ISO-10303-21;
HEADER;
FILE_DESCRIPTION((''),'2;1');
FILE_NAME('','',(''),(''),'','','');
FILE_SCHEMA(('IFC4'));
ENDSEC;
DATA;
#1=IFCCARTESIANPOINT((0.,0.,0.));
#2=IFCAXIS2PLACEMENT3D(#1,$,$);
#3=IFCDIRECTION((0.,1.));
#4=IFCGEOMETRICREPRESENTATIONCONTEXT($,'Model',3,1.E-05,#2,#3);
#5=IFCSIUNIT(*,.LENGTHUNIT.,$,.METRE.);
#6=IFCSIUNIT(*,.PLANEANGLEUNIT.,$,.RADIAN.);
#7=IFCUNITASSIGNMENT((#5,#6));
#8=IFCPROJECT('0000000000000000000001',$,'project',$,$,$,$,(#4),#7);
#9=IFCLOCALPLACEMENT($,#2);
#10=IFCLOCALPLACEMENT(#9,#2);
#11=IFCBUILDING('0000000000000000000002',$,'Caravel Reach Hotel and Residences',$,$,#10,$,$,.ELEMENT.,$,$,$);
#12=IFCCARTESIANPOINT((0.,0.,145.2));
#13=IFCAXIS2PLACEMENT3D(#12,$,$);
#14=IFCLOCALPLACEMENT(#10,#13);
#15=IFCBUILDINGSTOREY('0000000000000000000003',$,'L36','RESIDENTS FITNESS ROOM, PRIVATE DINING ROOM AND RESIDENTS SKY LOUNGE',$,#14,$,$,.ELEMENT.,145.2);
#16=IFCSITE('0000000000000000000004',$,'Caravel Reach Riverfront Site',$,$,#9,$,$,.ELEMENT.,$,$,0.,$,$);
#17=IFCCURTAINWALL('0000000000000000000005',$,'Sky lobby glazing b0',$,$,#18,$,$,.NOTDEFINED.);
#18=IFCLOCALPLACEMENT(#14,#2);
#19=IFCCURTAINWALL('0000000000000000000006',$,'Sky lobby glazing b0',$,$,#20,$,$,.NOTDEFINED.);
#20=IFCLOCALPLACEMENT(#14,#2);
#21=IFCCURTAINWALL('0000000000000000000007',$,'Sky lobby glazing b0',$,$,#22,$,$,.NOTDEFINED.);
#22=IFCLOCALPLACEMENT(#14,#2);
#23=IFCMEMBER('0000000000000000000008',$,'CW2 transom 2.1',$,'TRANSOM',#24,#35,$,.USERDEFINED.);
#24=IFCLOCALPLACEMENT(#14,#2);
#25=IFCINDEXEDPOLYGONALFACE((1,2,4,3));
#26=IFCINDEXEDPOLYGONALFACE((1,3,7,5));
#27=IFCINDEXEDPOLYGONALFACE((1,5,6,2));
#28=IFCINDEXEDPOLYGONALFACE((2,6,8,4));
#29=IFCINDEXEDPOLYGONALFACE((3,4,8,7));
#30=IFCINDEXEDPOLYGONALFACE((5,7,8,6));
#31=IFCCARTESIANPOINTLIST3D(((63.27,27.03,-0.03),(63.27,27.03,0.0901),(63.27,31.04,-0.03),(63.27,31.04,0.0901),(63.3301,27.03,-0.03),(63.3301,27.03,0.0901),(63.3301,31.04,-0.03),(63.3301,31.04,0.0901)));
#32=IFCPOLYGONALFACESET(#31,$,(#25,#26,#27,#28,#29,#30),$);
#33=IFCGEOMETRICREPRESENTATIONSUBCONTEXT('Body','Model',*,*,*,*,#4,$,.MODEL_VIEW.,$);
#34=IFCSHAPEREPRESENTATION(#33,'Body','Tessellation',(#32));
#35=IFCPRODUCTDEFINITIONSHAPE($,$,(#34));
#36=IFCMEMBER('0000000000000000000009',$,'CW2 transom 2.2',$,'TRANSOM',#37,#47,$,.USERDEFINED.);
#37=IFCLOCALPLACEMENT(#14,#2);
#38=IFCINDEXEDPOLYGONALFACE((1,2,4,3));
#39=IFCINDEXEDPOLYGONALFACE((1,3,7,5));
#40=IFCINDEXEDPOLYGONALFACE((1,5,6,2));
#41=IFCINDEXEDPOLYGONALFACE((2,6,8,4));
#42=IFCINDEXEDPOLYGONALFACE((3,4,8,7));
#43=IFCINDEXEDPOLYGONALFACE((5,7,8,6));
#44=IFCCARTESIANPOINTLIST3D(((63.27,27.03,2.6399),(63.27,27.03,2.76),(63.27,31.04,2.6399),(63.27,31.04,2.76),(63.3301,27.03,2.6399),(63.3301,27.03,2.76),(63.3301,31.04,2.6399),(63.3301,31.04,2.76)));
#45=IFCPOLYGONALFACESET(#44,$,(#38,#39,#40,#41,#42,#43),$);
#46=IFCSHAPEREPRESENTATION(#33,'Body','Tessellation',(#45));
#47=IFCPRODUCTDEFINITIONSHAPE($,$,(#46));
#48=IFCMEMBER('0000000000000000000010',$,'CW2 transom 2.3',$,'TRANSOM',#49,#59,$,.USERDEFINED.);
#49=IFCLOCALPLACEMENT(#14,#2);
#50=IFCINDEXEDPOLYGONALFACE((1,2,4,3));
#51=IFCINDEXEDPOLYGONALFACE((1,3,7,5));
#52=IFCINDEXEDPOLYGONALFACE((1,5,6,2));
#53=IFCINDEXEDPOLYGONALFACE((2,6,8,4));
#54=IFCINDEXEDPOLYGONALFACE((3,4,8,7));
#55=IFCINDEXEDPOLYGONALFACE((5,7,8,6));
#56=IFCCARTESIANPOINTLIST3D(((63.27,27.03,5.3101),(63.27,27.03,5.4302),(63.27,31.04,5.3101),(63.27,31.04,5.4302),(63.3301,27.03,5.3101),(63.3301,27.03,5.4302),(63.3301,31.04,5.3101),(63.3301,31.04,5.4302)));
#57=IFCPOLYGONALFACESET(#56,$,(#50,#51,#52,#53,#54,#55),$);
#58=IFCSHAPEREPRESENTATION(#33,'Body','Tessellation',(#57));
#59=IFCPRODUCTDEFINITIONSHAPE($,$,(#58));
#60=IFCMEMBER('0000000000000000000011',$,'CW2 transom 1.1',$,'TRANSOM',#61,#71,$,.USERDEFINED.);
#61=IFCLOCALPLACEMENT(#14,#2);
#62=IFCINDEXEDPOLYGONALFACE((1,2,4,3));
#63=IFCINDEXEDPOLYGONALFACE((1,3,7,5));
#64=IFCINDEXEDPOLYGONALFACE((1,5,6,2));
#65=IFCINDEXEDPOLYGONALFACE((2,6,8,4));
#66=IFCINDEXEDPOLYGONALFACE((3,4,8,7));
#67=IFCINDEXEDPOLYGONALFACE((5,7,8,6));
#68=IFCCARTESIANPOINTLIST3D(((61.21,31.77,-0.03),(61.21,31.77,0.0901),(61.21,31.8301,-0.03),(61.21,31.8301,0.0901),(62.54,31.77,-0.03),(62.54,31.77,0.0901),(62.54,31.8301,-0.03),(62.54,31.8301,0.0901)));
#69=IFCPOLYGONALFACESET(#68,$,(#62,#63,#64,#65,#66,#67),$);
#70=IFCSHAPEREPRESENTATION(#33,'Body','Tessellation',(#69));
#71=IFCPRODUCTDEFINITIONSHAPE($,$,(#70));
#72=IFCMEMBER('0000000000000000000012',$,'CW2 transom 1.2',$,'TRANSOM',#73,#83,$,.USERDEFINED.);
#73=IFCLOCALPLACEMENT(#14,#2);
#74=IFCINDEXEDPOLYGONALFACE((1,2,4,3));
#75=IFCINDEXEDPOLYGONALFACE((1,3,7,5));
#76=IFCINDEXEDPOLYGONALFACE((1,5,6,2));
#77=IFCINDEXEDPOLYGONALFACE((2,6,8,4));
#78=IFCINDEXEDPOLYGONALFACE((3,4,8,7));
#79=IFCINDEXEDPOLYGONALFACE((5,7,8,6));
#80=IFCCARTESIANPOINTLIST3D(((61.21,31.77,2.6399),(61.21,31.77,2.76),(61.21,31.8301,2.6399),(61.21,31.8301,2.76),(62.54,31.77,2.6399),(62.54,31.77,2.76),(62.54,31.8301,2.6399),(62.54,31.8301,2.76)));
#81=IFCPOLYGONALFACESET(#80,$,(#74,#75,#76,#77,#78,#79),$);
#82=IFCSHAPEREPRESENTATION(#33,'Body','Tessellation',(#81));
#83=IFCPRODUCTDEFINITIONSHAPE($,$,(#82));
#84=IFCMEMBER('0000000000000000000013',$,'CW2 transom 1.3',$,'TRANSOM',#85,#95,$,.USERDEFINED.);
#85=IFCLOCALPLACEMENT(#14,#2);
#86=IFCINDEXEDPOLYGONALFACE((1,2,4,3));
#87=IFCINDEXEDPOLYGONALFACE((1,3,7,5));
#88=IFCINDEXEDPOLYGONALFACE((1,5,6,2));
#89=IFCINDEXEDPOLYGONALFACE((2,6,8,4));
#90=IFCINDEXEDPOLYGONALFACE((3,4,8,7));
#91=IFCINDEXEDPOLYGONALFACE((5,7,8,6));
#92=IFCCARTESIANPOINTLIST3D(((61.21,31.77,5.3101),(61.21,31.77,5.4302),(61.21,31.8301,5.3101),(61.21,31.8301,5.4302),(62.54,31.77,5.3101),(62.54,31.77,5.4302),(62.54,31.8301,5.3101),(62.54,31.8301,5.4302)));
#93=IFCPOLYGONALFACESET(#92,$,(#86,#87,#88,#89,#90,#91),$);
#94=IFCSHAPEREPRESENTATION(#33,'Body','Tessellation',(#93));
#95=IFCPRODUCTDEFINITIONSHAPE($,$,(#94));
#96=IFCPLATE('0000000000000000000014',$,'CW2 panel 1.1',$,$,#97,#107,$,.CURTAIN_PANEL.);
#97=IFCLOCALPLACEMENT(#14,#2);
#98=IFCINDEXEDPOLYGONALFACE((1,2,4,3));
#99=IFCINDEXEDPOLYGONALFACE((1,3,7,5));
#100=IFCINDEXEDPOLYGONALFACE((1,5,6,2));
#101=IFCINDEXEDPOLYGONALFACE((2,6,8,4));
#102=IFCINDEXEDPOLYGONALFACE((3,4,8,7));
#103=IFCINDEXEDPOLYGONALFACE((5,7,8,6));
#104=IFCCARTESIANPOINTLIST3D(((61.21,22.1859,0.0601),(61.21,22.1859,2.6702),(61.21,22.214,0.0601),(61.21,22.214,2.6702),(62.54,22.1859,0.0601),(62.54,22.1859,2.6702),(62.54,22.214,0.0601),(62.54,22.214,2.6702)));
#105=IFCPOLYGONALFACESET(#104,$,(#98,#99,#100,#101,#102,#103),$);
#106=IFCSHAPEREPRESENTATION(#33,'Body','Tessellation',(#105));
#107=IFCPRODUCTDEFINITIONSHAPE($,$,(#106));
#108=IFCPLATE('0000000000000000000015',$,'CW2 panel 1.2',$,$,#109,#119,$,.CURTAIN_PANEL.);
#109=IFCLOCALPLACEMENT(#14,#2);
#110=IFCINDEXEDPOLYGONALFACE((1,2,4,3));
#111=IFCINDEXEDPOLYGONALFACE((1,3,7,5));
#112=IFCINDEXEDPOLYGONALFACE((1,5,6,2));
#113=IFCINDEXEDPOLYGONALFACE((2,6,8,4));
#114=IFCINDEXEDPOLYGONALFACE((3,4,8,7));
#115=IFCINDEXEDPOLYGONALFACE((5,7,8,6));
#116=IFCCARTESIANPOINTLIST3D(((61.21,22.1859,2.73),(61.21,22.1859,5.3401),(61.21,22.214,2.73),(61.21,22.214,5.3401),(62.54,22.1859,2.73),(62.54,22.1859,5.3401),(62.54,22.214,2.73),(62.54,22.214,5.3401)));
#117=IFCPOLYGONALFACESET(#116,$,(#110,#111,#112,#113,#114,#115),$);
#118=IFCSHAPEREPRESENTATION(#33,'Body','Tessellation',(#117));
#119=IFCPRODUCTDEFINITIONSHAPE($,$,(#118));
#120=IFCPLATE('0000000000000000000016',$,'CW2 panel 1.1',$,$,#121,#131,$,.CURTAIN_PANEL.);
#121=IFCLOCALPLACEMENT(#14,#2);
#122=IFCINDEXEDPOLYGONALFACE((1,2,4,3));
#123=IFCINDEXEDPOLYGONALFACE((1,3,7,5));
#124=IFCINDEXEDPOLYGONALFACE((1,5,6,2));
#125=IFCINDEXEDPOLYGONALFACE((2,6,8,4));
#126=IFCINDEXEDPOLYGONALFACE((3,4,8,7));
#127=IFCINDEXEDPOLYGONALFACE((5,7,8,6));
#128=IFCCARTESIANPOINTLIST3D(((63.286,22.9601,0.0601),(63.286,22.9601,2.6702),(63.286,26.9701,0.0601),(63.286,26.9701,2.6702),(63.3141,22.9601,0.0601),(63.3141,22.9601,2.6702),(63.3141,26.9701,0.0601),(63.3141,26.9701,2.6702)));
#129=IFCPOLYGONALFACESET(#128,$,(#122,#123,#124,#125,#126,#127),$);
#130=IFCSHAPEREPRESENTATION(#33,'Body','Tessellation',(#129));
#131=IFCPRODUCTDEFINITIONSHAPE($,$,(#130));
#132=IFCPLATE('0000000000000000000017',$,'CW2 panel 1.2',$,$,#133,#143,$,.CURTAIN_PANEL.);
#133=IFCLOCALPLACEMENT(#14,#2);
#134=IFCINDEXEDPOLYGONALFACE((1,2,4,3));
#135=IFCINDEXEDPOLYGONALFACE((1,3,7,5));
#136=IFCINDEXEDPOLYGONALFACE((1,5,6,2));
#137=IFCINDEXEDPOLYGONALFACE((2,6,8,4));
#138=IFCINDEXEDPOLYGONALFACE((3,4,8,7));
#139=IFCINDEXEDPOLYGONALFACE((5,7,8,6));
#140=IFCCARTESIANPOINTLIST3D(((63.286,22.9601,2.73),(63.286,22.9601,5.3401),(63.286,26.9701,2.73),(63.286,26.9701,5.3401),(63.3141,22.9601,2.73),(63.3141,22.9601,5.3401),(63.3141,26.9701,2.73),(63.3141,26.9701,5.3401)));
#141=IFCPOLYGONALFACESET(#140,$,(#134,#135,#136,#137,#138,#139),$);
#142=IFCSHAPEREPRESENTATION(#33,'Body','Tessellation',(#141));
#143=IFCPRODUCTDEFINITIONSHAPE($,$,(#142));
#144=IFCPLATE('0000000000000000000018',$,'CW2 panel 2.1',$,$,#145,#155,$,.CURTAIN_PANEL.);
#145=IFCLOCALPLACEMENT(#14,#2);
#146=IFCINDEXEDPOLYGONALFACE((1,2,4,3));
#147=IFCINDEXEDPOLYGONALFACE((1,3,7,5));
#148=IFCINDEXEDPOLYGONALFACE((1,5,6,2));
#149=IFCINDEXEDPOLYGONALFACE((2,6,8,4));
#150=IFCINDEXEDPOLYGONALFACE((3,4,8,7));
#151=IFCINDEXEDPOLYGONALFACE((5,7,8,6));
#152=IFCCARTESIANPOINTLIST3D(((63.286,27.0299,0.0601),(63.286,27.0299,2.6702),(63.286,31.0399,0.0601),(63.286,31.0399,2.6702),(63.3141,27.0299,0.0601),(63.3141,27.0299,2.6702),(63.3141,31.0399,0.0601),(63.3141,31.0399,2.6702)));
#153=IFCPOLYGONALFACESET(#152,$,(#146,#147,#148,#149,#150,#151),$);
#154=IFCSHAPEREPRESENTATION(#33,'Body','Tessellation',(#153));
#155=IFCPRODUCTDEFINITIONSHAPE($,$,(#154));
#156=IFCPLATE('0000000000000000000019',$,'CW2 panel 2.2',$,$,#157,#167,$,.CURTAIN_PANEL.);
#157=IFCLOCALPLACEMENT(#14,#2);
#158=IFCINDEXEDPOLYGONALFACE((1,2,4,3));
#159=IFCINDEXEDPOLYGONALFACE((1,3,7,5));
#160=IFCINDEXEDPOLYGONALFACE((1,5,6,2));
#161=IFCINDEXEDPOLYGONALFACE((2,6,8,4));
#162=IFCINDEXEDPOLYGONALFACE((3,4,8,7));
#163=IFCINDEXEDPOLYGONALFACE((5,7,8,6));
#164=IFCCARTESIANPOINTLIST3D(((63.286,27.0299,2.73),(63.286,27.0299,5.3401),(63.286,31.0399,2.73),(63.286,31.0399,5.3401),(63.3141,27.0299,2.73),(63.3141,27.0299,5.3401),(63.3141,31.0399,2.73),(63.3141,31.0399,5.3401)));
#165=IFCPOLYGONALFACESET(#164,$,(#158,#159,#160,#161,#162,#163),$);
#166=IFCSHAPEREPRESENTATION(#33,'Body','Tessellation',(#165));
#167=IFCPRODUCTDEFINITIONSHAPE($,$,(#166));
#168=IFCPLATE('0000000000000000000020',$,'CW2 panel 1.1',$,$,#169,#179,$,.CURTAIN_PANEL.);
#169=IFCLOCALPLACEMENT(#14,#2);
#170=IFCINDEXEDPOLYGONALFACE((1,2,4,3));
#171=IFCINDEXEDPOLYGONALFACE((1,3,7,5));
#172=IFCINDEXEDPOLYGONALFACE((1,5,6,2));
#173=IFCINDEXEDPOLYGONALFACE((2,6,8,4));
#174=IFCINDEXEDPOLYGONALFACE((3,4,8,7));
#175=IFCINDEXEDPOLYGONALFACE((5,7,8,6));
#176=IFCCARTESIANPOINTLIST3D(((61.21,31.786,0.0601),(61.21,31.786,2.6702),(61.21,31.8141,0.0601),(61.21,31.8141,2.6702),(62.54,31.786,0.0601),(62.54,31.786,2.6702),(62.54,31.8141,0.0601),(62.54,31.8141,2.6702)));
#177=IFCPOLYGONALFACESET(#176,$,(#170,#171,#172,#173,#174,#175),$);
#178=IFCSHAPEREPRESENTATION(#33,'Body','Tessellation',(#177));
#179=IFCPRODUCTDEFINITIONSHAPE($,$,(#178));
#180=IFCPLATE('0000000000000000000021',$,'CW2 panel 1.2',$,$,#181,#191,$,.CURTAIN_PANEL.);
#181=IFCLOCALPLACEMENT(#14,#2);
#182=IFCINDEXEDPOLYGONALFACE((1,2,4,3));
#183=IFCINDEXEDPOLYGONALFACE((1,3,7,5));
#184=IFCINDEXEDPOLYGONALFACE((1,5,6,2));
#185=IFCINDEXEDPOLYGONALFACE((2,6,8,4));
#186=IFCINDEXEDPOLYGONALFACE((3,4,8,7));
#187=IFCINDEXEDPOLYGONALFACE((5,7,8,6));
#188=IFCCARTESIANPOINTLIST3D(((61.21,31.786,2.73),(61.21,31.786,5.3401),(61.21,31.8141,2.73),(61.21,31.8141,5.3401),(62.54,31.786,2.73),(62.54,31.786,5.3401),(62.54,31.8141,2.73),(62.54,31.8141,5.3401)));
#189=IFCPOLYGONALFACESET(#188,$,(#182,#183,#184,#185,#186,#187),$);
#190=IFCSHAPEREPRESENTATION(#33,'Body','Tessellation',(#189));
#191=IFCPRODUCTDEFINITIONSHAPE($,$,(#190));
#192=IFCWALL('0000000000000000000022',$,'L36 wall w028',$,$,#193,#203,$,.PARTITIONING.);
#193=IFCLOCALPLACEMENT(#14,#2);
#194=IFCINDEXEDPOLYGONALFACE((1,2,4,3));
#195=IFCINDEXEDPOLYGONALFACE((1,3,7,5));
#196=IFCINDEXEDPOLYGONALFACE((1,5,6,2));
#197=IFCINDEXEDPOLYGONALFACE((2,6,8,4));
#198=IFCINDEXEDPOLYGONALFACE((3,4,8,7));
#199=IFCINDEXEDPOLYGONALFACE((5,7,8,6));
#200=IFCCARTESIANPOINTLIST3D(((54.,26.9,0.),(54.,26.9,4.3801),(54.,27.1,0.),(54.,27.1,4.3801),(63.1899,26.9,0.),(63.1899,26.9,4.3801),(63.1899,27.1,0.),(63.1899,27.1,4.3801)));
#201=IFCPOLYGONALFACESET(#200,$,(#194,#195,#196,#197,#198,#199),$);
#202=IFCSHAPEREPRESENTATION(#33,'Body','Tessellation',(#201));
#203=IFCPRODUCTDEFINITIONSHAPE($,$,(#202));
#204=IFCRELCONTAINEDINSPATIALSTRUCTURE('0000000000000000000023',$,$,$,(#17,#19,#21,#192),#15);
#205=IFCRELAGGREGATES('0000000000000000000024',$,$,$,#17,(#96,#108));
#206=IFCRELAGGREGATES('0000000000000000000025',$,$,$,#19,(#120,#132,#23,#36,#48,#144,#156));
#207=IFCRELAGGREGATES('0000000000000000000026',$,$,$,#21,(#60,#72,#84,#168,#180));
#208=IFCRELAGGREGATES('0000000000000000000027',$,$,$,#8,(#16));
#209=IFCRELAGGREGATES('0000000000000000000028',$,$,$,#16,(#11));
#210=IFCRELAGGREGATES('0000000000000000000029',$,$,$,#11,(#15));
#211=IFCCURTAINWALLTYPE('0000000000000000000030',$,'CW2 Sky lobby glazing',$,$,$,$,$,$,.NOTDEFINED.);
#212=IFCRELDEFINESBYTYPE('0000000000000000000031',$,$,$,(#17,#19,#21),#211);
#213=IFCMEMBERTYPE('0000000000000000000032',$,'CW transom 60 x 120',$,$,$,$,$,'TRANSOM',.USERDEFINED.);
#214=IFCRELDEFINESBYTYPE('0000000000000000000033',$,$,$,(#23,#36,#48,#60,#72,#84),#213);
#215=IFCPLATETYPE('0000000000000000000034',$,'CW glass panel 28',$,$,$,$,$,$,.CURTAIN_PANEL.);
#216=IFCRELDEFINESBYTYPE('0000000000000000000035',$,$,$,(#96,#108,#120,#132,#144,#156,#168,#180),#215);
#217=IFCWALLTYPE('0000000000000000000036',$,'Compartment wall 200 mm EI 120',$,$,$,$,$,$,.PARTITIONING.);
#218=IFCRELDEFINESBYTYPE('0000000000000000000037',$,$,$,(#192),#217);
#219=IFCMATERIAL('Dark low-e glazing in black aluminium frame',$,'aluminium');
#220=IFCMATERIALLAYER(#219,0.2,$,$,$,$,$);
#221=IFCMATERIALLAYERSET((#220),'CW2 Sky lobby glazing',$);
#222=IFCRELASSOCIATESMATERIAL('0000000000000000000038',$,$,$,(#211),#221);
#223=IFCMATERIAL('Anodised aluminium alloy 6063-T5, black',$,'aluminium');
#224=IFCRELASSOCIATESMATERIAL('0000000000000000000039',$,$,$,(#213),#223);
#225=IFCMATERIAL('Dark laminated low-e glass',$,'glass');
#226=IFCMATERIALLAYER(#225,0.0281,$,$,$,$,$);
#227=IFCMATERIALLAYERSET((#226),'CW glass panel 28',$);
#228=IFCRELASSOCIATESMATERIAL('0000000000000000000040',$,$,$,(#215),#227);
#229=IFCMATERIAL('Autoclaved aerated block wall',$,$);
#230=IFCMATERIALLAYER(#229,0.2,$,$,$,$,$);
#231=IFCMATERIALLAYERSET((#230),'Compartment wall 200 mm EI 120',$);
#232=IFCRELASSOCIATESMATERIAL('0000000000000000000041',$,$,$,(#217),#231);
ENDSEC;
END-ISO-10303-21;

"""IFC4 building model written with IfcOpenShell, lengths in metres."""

from ifc_helpers import new_model, si_unit, direction, frame, frame_2d, origin, origin_2d, place, context, subcontext, project, spatial, rectangle, extrude, material, layer, layer_set, material_profile, profile_set, type_object, element, aggregate, save


model = new_model("IFC4")

# Units and contexts
model_context = context("Model", 3, precision=1e-05, world=origin(), true_north=direction((0.0, 1.0)))
body_context = subcontext(model_context, "Body", "Model", "MODEL_VIEW")
ifc_project = project(units=[si_unit("LENGTHUNIT", "METRE"), si_unit("PLANEANGLEUNIT", "RADIAN")], contexts=[model_context])

# Site, building, storey
site_placement = place(None, origin())
site = spatial("IfcSite", under=ifc_project, at=site_placement, Name="Caravel Reach Riverfront Site", CompositionType="ELEMENT", RefElevation=0.0)
building_placement = place(site_placement, origin())
building = spatial("IfcBuilding", under=site, at=building_placement, Name="Caravel Reach Hotel and Residences", CompositionType="ELEMENT")
storey_placement = place(building_placement, frame((0.0, 0.0, 145.2)))
storey = spatial("IfcBuildingStorey", under=building, at=storey_placement, Name="L36", Description="RESIDENTS FITNESS ROOM, PRIVATE DINING ROOM AND RESIDENTS SKY LOUNGE", CompositionType="ELEMENT", Elevation=145.2)

# Curtain wall
ifc_material_1 = material(Name="Dark low-e glazing in black aluminium frame", Category="aluminium")
ifc_layer_1 = layer(ifc_material_1, 0.2)
ifc_layer_set_1 = layer_set([ifc_layer_1], Name="CW2 Sky lobby glazing")
curtain_wall_type = type_object("IfcCurtainWallType", Name="CW2 Sky lobby glazing", PredefinedType="NOTDEFINED", material=ifc_layer_set_1)
curtain_wall_1_placement = place(storey_placement, origin())
curtain_wall_1 = element("IfcCurtainWall", 1, at=curtain_wall_1_placement, inside=storey, type_object=curtain_wall_type, Name="Sky lobby glazing b0", PredefinedType="NOTDEFINED")

# Curtain wall
curtain_wall_2_placement = place(storey_placement, origin())
curtain_wall_2 = element("IfcCurtainWall", 2, at=curtain_wall_2_placement, inside=storey, type_object=curtain_wall_type, Name="Sky lobby glazing b0", PredefinedType="NOTDEFINED")

# Curtain wall
curtain_wall_3_placement = place(storey_placement, origin())
curtain_wall_3 = element("IfcCurtainWall", 3, at=curtain_wall_3_placement, inside=storey, type_object=curtain_wall_type, Name="Sky lobby glazing b0", PredefinedType="NOTDEFINED")

# Members
ifc_material_2 = material(Name="Anodised aluminium alloy 6063-T5, black", Category="aluminium")
ifc_material_profile_1 = material_profile(ifc_material_2, rectangle(XDim=0.0601, YDim=0.1201, at=origin_2d()), Name="CW transom 60 x 120")
ifc_profile_set_1 = profile_set([ifc_material_profile_1], Name="Anodised aluminium alloy 6063-T5, black")
member_type_1 = type_object("IfcMemberType", Name="CW transom 60 x 120", ElementType="TRANSOM", PredefinedType="USERDEFINED", material=ifc_profile_set_1)
member_1_placement = place(storey_placement, frame((63.3, 27.03, 0.03), z_axis=(0.0, 1.0, 0.0), x_axis=(-1.0, 0.0, 0.0)))
member_1 = element("IfcMember", 4, at=member_1_placement, type_object=member_type_1, Name="CW2 transom 2.1", ObjectType="TRANSOM", PredefinedType="USERDEFINED", context=body_context, shape_type="SweptSolid", body=[
    extrude(rectangle(XDim=0.0601, YDim=0.1201, at=origin_2d()), origin(), (0.0, 0.0, 1.0), 4.01),
])
member_2_placement = place(storey_placement, frame((63.3, 27.03, 2.7), z_axis=(0.0, 1.0, 0.0), x_axis=(-1.0, 0.0, 0.0)))
member_2 = element("IfcMember", 5, at=member_2_placement, type_object=member_type_1, Name="CW2 transom 2.2", ObjectType="TRANSOM", PredefinedType="USERDEFINED", context=body_context, shape_type="SweptSolid", body=[
    extrude(rectangle(XDim=0.0601, YDim=0.1201, at=origin_2d()), origin(), (0.0, 0.0, 1.0), 4.01),
])
member_3_placement = place(storey_placement, frame((63.3, 27.03, 5.3701), z_axis=(0.0, 1.0, 0.0), x_axis=(-1.0, 0.0, 0.0)))
member_3 = element("IfcMember", 6, at=member_3_placement, type_object=member_type_1, Name="CW2 transom 2.3", ObjectType="TRANSOM", PredefinedType="USERDEFINED", context=body_context, shape_type="SweptSolid", body=[
    extrude(rectangle(XDim=0.0601, YDim=0.1201, at=origin_2d()), origin(), (0.0, 0.0, 1.0), 4.01),
])
member_4_placement = place(storey_placement, frame((62.54, 31.8, 0.03), z_axis=(-1.0, 0.0, 0.0), x_axis=(0.0, -1.0, 0.0)))
member_4 = element("IfcMember", 7, at=member_4_placement, type_object=member_type_1, Name="CW2 transom 1.1", ObjectType="TRANSOM", PredefinedType="USERDEFINED", context=body_context, shape_type="SweptSolid", body=[
    extrude(rectangle(XDim=0.0601, YDim=0.1201, at=origin_2d()), origin(), (0.0, 0.0, 1.0), 1.3301),
])
member_5_placement = place(storey_placement, frame((62.54, 31.8, 2.7), z_axis=(-1.0, 0.0, 0.0), x_axis=(0.0, -1.0, 0.0)))
member_5 = element("IfcMember", 8, at=member_5_placement, type_object=member_type_1, Name="CW2 transom 1.2", ObjectType="TRANSOM", PredefinedType="USERDEFINED", context=body_context, shape_type="SweptSolid", body=[
    extrude(rectangle(XDim=0.0601, YDim=0.1201, at=origin_2d()), origin(), (0.0, 0.0, 1.0), 1.3301),
])
member_6_placement = place(storey_placement, frame((62.54, 31.8, 5.3701), z_axis=(-1.0, 0.0, 0.0), x_axis=(0.0, -1.0, 0.0)))
member_6 = element("IfcMember", 9, at=member_6_placement, type_object=member_type_1, Name="CW2 transom 1.3", ObjectType="TRANSOM", PredefinedType="USERDEFINED", context=body_context, shape_type="SweptSolid", body=[
    extrude(rectangle(XDim=0.0601, YDim=0.1201, at=origin_2d()), origin(), (0.0, 0.0, 1.0), 1.3301),
])

# Plates
ifc_material_3 = material(Name="Dark laminated low-e glass", Category="glass")
ifc_layer_2 = layer(ifc_material_3, 0.0281)
ifc_layer_set_2 = layer_set([ifc_layer_2], Name="CW glass panel 28")
plate_type = type_object("IfcPlateType", Name="CW glass panel 28", PredefinedType="CURTAIN_PANEL", material=ifc_layer_set_2)
plate_1_placement = place(storey_placement, frame((61.875, 22.2, 0.0601), z_axis=(0.0, 0.0, 1.0), x_axis=(1.0, 0.0, 0.0)))
plate_1 = element("IfcPlate", 10, at=plate_1_placement, type_object=plate_type, Name="CW2 panel 1.1", PredefinedType="CURTAIN_PANEL", context=body_context, shape_type="SweptSolid", body=[
    extrude(rectangle(XDim=1.3301, YDim=0.0281, at=origin_2d()), origin(), (0.0, 0.0, 1.0), 2.6101),
])
plate_2_placement = place(storey_placement, frame((61.875, 22.2, 2.73), z_axis=(0.0, 0.0, 1.0), x_axis=(1.0, 0.0, 0.0)))
plate_2 = element("IfcPlate", 11, at=plate_2_placement, type_object=plate_type, Name="CW2 panel 1.2", PredefinedType="CURTAIN_PANEL", context=body_context, shape_type="SweptSolid", body=[
    extrude(rectangle(XDim=1.3301, YDim=0.0281, at=origin_2d()), origin(), (0.0, 0.0, 1.0), 2.6101),
])
aggregate(curtain_wall_1, [plate_1, plate_2])
plate_3_placement = place(storey_placement, frame((63.3, 24.9651, 0.0601), z_axis=(0.0, 0.0, 1.0), x_axis=(0.0, 1.0, 0.0)))
plate_3 = element("IfcPlate", 12, at=plate_3_placement, type_object=plate_type, Name="CW2 panel 1.1", PredefinedType="CURTAIN_PANEL", context=body_context, shape_type="SweptSolid", body=[
    extrude(rectangle(XDim=4.01, YDim=0.0281, at=origin_2d()), origin(), (0.0, 0.0, 1.0), 2.6101),
])
plate_4_placement = place(storey_placement, frame((63.3, 24.9651, 2.73), z_axis=(0.0, 0.0, 1.0), x_axis=(0.0, 1.0, 0.0)))
plate_4 = element("IfcPlate", 13, at=plate_4_placement, type_object=plate_type, Name="CW2 panel 1.2", PredefinedType="CURTAIN_PANEL", context=body_context, shape_type="SweptSolid", body=[
    extrude(rectangle(XDim=4.01, YDim=0.0281, at=origin_2d()), origin(), (0.0, 0.0, 1.0), 2.6101),
])
plate_5_placement = place(storey_placement, frame((63.3, 29.0349, 0.0601), z_axis=(0.0, 0.0, 1.0), x_axis=(0.0, 1.0, 0.0)))
plate_5 = element("IfcPlate", 14, at=plate_5_placement, type_object=plate_type, Name="CW2 panel 2.1", PredefinedType="CURTAIN_PANEL", context=body_context, shape_type="SweptSolid", body=[
    extrude(rectangle(XDim=4.01, YDim=0.0281, at=origin_2d()), origin(), (0.0, 0.0, 1.0), 2.6101),
])
plate_6_placement = place(storey_placement, frame((63.3, 29.0349, 2.73), z_axis=(0.0, 0.0, 1.0), x_axis=(0.0, 1.0, 0.0)))
plate_6 = element("IfcPlate", 15, at=plate_6_placement, type_object=plate_type, Name="CW2 panel 2.2", PredefinedType="CURTAIN_PANEL", context=body_context, shape_type="SweptSolid", body=[
    extrude(rectangle(XDim=4.01, YDim=0.0281, at=origin_2d()), origin(), (0.0, 0.0, 1.0), 2.6101),
])
aggregate(curtain_wall_2, [plate_3, plate_4, member_1, member_2, member_3, plate_5, plate_6])
plate_7_placement = place(storey_placement, frame((61.875, 31.8, 0.0601), z_axis=(0.0, 0.0, 1.0), x_axis=(-1.0, 0.0, 0.0)))
plate_7 = element("IfcPlate", 16, at=plate_7_placement, type_object=plate_type, Name="CW2 panel 1.1", PredefinedType="CURTAIN_PANEL", context=body_context, shape_type="SweptSolid", body=[
    extrude(rectangle(XDim=1.3301, YDim=0.0281, at=origin_2d()), origin(), (0.0, 0.0, 1.0), 2.6101),
])
plate_8_placement = place(storey_placement, frame((61.875, 31.8, 2.73), z_axis=(0.0, 0.0, 1.0), x_axis=(-1.0, 0.0, 0.0)))
plate_8 = element("IfcPlate", 17, at=plate_8_placement, type_object=plate_type, Name="CW2 panel 1.2", PredefinedType="CURTAIN_PANEL", context=body_context, shape_type="SweptSolid", body=[
    extrude(rectangle(XDim=1.3301, YDim=0.0281, at=origin_2d()), origin(), (0.0, 0.0, 1.0), 2.6101),
])
aggregate(curtain_wall_3, [member_4, member_5, member_6, plate_7, plate_8])

# Wall
ifc_material_4 = material(Name="Autoclaved aerated block wall")
ifc_layer_3 = layer(ifc_material_4, 0.2)
ifc_layer_set_3 = layer_set([ifc_layer_3], Name="Compartment wall 200 mm EI 120")
wall_type_1 = type_object("IfcWallType", Name="Compartment wall 200 mm EI 120", PredefinedType="PARTITIONING", material=ifc_layer_set_3)
wall_1_placement = place(storey_placement, frame((54.0, 27.0, 0.0), z_axis=(0.0, 0.0, 1.0), x_axis=(1.0, 0.0, 0.0)))
element("IfcWall", 18, at=wall_1_placement, inside=storey, type_object=wall_type_1, Name="L36 wall w028", PredefinedType="PARTITIONING", context=body_context, shape_type="SweptSolid", body=[
    extrude(rectangle(XDim=9.1899, YDim=0.2, at=frame_2d((4.595, 0.0))), origin(), (0.0, 0.0, 1.0), 4.3801),
])

save(model, "model.ifc")
